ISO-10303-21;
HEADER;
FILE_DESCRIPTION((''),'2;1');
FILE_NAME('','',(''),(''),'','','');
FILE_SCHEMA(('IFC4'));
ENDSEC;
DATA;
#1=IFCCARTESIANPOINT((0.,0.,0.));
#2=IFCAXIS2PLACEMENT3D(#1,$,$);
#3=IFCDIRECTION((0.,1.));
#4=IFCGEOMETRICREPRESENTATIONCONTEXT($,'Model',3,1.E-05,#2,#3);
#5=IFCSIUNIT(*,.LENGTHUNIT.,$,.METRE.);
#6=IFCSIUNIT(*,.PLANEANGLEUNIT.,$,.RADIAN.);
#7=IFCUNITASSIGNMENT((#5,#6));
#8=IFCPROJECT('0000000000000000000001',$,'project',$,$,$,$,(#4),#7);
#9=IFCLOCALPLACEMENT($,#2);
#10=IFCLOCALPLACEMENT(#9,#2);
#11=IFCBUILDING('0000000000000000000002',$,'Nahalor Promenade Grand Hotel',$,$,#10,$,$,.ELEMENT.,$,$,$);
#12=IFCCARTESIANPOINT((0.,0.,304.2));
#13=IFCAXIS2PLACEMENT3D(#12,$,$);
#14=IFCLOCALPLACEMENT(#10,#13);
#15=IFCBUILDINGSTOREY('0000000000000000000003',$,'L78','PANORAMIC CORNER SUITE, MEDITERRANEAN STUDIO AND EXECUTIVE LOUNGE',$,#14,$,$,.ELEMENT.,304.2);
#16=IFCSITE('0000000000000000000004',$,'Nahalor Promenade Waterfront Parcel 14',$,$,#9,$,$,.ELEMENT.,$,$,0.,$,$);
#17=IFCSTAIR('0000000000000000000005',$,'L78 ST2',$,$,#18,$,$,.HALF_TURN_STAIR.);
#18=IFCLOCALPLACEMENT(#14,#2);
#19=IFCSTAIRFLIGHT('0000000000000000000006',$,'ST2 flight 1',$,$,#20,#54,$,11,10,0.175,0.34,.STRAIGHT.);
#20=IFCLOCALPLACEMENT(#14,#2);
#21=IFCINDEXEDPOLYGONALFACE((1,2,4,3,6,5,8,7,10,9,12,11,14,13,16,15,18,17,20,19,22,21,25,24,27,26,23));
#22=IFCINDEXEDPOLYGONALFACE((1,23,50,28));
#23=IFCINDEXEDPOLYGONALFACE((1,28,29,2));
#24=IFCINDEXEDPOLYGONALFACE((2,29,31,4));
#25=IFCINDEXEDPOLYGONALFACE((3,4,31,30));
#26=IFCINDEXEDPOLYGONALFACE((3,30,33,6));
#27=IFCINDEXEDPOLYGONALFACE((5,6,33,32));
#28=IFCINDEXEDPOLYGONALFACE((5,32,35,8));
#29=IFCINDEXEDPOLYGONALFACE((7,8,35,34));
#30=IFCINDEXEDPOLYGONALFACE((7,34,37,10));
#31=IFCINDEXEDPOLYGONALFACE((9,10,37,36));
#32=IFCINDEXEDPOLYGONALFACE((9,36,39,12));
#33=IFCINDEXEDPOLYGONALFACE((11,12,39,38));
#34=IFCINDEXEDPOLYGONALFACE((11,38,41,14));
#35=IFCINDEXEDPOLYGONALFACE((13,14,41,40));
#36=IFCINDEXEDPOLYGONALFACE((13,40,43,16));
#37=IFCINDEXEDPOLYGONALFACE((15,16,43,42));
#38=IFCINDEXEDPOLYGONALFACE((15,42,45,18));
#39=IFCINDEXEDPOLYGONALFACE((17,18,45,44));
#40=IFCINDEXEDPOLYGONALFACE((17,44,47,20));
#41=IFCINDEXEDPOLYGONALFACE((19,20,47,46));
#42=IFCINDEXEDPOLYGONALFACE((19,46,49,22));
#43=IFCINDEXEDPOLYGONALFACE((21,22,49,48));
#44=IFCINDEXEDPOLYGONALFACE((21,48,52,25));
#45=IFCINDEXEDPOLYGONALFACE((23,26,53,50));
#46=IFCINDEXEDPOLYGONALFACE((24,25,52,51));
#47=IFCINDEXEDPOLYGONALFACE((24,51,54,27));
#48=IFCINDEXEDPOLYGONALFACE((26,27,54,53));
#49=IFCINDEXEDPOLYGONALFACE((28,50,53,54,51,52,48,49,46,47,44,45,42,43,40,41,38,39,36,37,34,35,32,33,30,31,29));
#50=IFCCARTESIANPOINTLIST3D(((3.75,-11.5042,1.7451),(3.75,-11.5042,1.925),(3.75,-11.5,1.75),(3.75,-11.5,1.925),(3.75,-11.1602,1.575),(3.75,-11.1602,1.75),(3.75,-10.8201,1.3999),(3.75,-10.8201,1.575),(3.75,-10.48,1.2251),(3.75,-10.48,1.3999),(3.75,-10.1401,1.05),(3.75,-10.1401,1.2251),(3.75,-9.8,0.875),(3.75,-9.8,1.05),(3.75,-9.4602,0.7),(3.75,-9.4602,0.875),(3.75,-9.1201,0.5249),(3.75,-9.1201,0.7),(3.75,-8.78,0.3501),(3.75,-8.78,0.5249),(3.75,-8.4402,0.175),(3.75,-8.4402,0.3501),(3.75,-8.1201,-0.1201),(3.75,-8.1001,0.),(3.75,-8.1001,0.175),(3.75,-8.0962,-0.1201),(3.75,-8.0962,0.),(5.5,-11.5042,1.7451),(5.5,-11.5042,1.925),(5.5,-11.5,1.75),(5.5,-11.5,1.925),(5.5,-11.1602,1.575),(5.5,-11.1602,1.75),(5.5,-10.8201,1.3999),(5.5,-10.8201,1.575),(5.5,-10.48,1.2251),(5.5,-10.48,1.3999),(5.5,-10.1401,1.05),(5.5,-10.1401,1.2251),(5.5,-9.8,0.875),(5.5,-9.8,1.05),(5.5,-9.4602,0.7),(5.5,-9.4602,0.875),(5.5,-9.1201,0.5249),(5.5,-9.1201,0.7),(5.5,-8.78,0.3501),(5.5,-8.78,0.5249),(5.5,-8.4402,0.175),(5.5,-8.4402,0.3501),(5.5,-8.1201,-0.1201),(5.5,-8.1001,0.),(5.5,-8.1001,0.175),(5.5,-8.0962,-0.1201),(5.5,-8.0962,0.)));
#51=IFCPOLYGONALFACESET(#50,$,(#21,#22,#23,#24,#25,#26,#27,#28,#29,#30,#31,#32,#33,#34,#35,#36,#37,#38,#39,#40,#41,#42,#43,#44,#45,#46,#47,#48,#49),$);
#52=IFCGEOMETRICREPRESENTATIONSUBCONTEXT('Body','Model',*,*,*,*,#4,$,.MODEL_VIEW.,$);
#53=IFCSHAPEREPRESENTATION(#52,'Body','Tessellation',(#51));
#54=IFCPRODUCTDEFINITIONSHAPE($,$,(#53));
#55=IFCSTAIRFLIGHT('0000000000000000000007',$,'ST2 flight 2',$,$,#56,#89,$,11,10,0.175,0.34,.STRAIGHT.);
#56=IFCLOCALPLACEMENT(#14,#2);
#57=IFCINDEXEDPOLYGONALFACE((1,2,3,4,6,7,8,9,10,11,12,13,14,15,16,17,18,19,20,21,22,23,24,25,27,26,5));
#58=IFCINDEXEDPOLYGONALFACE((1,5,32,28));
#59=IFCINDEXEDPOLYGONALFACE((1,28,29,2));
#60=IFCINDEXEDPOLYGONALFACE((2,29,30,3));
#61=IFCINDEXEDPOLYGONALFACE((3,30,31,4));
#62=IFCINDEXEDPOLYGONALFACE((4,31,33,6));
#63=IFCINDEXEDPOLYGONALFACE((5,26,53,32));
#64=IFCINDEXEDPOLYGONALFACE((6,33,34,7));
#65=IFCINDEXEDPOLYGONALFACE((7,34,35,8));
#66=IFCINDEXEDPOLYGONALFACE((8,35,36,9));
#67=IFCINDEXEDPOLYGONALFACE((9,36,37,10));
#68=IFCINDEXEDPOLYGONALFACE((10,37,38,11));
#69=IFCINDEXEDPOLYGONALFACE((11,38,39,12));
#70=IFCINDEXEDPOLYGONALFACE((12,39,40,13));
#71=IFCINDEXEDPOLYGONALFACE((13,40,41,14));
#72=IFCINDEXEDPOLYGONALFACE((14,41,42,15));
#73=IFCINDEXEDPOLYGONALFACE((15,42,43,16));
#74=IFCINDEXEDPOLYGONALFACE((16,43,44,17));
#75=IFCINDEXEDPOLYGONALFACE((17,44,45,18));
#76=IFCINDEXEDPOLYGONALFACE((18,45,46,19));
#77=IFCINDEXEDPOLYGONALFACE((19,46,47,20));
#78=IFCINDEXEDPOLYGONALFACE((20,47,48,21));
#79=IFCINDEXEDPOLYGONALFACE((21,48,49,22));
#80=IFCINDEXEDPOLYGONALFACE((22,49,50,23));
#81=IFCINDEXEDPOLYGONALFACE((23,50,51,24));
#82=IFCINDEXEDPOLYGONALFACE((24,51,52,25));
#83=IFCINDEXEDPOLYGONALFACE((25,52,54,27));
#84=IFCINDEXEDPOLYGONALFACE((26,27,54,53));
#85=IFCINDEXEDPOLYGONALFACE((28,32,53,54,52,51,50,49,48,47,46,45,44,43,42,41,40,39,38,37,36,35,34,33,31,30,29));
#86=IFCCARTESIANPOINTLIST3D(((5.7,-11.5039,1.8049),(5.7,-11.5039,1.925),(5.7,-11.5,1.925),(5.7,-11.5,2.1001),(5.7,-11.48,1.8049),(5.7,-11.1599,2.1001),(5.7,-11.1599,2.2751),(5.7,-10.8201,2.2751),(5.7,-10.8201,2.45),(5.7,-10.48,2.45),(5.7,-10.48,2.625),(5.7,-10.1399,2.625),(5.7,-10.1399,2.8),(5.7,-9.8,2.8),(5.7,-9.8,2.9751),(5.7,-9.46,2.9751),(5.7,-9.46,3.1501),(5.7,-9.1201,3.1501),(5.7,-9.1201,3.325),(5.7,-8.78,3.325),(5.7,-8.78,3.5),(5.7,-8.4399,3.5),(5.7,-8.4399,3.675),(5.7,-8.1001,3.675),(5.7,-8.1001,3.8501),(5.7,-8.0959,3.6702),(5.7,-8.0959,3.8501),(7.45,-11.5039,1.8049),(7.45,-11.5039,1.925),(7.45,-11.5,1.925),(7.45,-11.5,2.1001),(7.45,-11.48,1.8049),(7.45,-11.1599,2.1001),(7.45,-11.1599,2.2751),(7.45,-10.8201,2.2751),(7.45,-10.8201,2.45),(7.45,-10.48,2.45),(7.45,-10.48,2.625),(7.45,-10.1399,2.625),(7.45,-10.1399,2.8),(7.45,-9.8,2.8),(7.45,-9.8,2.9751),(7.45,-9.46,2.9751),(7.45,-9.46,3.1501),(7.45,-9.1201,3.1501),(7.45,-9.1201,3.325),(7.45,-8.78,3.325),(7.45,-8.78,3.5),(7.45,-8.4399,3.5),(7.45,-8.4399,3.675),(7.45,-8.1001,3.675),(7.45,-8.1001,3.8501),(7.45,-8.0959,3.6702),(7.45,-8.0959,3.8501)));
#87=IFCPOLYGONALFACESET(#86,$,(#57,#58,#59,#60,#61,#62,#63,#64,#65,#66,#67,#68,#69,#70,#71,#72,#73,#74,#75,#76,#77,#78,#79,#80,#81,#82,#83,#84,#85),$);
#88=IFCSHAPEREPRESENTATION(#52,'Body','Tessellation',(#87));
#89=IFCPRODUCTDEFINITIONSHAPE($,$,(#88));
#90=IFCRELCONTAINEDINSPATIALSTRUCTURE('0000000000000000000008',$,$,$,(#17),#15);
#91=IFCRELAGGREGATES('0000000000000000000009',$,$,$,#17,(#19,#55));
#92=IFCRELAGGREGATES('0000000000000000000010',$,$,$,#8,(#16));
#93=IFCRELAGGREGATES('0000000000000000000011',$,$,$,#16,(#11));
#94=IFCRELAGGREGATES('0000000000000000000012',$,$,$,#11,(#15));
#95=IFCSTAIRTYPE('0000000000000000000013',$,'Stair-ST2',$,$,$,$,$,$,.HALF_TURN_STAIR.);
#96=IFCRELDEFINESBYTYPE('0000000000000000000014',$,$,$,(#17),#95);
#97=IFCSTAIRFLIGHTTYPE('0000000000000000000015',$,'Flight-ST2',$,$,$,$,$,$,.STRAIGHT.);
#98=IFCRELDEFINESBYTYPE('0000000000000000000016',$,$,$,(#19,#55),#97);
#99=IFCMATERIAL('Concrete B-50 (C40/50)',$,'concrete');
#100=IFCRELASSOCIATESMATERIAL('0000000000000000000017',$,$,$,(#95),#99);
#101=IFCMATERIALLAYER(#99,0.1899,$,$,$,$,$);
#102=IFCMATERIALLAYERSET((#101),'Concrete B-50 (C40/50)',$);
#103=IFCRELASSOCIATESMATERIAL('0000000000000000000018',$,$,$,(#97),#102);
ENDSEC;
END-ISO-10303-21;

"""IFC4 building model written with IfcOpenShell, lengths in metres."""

from ifc_helpers import new_model, si_unit, direction, frame, origin, place, context, subcontext, project, spatial, polyline, outline, extrude, source, transform, mapped, material, layer, layer_set, type_object, element, aggregate, save


model = new_model("IFC4")

# Units and contexts
model_context = context("Model", 3, precision=1e-05, world=origin(), true_north=direction((0.0, 1.0)))
body_context = subcontext(model_context, "Body", "Model", "MODEL_VIEW")
ifc_project = project(units=[si_unit("LENGTHUNIT", "METRE"), si_unit("PLANEANGLEUNIT", "RADIAN")], contexts=[model_context])

# Site, building, storey
site_placement = place(None, origin())
site = spatial("IfcSite", under=ifc_project, at=site_placement, Name="Nahalor Promenade Waterfront Parcel 14", CompositionType="ELEMENT", RefElevation=0.0)
building_placement = place(site_placement, origin())
building = spatial("IfcBuilding", under=site, at=building_placement, Name="Nahalor Promenade Grand Hotel", CompositionType="ELEMENT")
storey_placement = place(building_placement, frame((0.0, 0.0, 304.2)))
storey = spatial("IfcBuildingStorey", under=building, at=storey_placement, Name="L78", Description="PANORAMIC CORNER SUITE, MEDITERRANEAN STUDIO AND EXECUTIVE LOUNGE", CompositionType="ELEMENT", Elevation=304.2)

# Shared definitions
ifc_material_1 = material(Name="Concrete B-50 (C40/50)", Category="concrete")

# Stair, stair flights
stair_type = type_object("IfcStairType", Name="Stair-ST2", PredefinedType="HALF_TURN_STAIR", material=ifc_material_1)
stair_placement = place(storey_placement, origin())
stair = element("IfcStair", 1, at=stair_placement, inside=storey, type_object=stair_type, Name="L78 ST2", PredefinedType="HALF_TURN_STAIR")
ifc_layer_1 = layer(ifc_material_1, 0.1899)
ifc_layer_set_1 = layer_set([ifc_layer_1], Name="Concrete B-50 (C40/50)")
stair_flight_type = type_object("IfcStairFlightType", Name="Flight-ST2", PredefinedType="STRAIGHT", material=ifc_layer_set_1)
shared_shape_1 = source(origin(), body_context, "Body", "SweptSolid", [
    extrude(outline(polyline([(-0.0039, -0.1201), (-0.0039, 0.0), (0.0, 0.0), (0.0, 0.175), (0.3401, 0.175), (0.3401, 0.3501), (0.6799, 0.3501), (0.6799, 0.5249), (1.02, 0.5249), (1.02, 0.7), (1.3601, 0.7), (1.3601, 0.875), (1.7, 0.875), (1.7, 1.05), (2.04, 1.05), (2.04, 1.2251), (2.3799, 1.2251), (2.3799, 1.3999), (2.72, 1.3999), (2.72, 1.575), (3.0601, 1.575), (3.0601, 1.75), (3.3999, 1.75), (3.3999, 1.925), (3.4041, 1.925), (3.4041, 1.7451), (0.02, -0.1201), (-0.0039, -0.1201)])), frame((0.0, 0.875, 0.0), z_axis=(0.0, -1.0, 0.0), x_axis=(1.0, 0.0, 0.0)), (0.0, 0.0, 1.0), 1.75),
])
stair_flight_1_placement = place(storey_placement, frame((4.625, -8.1001, 0.0), z_axis=(0.0, 0.0, 1.0), x_axis=(0.0, -1.0, 0.0)))
stair_flight_1 = element("IfcStairFlight", 2, at=stair_flight_1_placement, type_object=stair_flight_type, Name="ST2 flight 1", NumberOfRisers=11, NumberOfTreads=10, PredefinedType="STRAIGHT", RiserHeight=0.175, TreadLength=0.34, context=body_context, shape_type="MappedRepresentation", body=[
    mapped(shared_shape_1, transform((0.0, 0.0, 0.0), scale=1.0)),
])
stair_flight_2_placement = place(storey_placement, frame((6.575, -11.5, 1.925), z_axis=(0.0, 0.0, 1.0), x_axis=(0.0, 1.0, 0.0)))
stair_flight_2 = element("IfcStairFlight", 3, at=stair_flight_2_placement, type_object=stair_flight_type, Name="ST2 flight 2", NumberOfRisers=11, NumberOfTreads=10, PredefinedType="STRAIGHT", RiserHeight=0.175, TreadLength=0.34, context=body_context, shape_type="MappedRepresentation", body=[
    mapped(shared_shape_1, transform((0.0, 0.0, 0.0), scale=1.0)),
])
aggregate(stair, [stair_flight_1, stair_flight_2])

save(model, "model.ifc")
